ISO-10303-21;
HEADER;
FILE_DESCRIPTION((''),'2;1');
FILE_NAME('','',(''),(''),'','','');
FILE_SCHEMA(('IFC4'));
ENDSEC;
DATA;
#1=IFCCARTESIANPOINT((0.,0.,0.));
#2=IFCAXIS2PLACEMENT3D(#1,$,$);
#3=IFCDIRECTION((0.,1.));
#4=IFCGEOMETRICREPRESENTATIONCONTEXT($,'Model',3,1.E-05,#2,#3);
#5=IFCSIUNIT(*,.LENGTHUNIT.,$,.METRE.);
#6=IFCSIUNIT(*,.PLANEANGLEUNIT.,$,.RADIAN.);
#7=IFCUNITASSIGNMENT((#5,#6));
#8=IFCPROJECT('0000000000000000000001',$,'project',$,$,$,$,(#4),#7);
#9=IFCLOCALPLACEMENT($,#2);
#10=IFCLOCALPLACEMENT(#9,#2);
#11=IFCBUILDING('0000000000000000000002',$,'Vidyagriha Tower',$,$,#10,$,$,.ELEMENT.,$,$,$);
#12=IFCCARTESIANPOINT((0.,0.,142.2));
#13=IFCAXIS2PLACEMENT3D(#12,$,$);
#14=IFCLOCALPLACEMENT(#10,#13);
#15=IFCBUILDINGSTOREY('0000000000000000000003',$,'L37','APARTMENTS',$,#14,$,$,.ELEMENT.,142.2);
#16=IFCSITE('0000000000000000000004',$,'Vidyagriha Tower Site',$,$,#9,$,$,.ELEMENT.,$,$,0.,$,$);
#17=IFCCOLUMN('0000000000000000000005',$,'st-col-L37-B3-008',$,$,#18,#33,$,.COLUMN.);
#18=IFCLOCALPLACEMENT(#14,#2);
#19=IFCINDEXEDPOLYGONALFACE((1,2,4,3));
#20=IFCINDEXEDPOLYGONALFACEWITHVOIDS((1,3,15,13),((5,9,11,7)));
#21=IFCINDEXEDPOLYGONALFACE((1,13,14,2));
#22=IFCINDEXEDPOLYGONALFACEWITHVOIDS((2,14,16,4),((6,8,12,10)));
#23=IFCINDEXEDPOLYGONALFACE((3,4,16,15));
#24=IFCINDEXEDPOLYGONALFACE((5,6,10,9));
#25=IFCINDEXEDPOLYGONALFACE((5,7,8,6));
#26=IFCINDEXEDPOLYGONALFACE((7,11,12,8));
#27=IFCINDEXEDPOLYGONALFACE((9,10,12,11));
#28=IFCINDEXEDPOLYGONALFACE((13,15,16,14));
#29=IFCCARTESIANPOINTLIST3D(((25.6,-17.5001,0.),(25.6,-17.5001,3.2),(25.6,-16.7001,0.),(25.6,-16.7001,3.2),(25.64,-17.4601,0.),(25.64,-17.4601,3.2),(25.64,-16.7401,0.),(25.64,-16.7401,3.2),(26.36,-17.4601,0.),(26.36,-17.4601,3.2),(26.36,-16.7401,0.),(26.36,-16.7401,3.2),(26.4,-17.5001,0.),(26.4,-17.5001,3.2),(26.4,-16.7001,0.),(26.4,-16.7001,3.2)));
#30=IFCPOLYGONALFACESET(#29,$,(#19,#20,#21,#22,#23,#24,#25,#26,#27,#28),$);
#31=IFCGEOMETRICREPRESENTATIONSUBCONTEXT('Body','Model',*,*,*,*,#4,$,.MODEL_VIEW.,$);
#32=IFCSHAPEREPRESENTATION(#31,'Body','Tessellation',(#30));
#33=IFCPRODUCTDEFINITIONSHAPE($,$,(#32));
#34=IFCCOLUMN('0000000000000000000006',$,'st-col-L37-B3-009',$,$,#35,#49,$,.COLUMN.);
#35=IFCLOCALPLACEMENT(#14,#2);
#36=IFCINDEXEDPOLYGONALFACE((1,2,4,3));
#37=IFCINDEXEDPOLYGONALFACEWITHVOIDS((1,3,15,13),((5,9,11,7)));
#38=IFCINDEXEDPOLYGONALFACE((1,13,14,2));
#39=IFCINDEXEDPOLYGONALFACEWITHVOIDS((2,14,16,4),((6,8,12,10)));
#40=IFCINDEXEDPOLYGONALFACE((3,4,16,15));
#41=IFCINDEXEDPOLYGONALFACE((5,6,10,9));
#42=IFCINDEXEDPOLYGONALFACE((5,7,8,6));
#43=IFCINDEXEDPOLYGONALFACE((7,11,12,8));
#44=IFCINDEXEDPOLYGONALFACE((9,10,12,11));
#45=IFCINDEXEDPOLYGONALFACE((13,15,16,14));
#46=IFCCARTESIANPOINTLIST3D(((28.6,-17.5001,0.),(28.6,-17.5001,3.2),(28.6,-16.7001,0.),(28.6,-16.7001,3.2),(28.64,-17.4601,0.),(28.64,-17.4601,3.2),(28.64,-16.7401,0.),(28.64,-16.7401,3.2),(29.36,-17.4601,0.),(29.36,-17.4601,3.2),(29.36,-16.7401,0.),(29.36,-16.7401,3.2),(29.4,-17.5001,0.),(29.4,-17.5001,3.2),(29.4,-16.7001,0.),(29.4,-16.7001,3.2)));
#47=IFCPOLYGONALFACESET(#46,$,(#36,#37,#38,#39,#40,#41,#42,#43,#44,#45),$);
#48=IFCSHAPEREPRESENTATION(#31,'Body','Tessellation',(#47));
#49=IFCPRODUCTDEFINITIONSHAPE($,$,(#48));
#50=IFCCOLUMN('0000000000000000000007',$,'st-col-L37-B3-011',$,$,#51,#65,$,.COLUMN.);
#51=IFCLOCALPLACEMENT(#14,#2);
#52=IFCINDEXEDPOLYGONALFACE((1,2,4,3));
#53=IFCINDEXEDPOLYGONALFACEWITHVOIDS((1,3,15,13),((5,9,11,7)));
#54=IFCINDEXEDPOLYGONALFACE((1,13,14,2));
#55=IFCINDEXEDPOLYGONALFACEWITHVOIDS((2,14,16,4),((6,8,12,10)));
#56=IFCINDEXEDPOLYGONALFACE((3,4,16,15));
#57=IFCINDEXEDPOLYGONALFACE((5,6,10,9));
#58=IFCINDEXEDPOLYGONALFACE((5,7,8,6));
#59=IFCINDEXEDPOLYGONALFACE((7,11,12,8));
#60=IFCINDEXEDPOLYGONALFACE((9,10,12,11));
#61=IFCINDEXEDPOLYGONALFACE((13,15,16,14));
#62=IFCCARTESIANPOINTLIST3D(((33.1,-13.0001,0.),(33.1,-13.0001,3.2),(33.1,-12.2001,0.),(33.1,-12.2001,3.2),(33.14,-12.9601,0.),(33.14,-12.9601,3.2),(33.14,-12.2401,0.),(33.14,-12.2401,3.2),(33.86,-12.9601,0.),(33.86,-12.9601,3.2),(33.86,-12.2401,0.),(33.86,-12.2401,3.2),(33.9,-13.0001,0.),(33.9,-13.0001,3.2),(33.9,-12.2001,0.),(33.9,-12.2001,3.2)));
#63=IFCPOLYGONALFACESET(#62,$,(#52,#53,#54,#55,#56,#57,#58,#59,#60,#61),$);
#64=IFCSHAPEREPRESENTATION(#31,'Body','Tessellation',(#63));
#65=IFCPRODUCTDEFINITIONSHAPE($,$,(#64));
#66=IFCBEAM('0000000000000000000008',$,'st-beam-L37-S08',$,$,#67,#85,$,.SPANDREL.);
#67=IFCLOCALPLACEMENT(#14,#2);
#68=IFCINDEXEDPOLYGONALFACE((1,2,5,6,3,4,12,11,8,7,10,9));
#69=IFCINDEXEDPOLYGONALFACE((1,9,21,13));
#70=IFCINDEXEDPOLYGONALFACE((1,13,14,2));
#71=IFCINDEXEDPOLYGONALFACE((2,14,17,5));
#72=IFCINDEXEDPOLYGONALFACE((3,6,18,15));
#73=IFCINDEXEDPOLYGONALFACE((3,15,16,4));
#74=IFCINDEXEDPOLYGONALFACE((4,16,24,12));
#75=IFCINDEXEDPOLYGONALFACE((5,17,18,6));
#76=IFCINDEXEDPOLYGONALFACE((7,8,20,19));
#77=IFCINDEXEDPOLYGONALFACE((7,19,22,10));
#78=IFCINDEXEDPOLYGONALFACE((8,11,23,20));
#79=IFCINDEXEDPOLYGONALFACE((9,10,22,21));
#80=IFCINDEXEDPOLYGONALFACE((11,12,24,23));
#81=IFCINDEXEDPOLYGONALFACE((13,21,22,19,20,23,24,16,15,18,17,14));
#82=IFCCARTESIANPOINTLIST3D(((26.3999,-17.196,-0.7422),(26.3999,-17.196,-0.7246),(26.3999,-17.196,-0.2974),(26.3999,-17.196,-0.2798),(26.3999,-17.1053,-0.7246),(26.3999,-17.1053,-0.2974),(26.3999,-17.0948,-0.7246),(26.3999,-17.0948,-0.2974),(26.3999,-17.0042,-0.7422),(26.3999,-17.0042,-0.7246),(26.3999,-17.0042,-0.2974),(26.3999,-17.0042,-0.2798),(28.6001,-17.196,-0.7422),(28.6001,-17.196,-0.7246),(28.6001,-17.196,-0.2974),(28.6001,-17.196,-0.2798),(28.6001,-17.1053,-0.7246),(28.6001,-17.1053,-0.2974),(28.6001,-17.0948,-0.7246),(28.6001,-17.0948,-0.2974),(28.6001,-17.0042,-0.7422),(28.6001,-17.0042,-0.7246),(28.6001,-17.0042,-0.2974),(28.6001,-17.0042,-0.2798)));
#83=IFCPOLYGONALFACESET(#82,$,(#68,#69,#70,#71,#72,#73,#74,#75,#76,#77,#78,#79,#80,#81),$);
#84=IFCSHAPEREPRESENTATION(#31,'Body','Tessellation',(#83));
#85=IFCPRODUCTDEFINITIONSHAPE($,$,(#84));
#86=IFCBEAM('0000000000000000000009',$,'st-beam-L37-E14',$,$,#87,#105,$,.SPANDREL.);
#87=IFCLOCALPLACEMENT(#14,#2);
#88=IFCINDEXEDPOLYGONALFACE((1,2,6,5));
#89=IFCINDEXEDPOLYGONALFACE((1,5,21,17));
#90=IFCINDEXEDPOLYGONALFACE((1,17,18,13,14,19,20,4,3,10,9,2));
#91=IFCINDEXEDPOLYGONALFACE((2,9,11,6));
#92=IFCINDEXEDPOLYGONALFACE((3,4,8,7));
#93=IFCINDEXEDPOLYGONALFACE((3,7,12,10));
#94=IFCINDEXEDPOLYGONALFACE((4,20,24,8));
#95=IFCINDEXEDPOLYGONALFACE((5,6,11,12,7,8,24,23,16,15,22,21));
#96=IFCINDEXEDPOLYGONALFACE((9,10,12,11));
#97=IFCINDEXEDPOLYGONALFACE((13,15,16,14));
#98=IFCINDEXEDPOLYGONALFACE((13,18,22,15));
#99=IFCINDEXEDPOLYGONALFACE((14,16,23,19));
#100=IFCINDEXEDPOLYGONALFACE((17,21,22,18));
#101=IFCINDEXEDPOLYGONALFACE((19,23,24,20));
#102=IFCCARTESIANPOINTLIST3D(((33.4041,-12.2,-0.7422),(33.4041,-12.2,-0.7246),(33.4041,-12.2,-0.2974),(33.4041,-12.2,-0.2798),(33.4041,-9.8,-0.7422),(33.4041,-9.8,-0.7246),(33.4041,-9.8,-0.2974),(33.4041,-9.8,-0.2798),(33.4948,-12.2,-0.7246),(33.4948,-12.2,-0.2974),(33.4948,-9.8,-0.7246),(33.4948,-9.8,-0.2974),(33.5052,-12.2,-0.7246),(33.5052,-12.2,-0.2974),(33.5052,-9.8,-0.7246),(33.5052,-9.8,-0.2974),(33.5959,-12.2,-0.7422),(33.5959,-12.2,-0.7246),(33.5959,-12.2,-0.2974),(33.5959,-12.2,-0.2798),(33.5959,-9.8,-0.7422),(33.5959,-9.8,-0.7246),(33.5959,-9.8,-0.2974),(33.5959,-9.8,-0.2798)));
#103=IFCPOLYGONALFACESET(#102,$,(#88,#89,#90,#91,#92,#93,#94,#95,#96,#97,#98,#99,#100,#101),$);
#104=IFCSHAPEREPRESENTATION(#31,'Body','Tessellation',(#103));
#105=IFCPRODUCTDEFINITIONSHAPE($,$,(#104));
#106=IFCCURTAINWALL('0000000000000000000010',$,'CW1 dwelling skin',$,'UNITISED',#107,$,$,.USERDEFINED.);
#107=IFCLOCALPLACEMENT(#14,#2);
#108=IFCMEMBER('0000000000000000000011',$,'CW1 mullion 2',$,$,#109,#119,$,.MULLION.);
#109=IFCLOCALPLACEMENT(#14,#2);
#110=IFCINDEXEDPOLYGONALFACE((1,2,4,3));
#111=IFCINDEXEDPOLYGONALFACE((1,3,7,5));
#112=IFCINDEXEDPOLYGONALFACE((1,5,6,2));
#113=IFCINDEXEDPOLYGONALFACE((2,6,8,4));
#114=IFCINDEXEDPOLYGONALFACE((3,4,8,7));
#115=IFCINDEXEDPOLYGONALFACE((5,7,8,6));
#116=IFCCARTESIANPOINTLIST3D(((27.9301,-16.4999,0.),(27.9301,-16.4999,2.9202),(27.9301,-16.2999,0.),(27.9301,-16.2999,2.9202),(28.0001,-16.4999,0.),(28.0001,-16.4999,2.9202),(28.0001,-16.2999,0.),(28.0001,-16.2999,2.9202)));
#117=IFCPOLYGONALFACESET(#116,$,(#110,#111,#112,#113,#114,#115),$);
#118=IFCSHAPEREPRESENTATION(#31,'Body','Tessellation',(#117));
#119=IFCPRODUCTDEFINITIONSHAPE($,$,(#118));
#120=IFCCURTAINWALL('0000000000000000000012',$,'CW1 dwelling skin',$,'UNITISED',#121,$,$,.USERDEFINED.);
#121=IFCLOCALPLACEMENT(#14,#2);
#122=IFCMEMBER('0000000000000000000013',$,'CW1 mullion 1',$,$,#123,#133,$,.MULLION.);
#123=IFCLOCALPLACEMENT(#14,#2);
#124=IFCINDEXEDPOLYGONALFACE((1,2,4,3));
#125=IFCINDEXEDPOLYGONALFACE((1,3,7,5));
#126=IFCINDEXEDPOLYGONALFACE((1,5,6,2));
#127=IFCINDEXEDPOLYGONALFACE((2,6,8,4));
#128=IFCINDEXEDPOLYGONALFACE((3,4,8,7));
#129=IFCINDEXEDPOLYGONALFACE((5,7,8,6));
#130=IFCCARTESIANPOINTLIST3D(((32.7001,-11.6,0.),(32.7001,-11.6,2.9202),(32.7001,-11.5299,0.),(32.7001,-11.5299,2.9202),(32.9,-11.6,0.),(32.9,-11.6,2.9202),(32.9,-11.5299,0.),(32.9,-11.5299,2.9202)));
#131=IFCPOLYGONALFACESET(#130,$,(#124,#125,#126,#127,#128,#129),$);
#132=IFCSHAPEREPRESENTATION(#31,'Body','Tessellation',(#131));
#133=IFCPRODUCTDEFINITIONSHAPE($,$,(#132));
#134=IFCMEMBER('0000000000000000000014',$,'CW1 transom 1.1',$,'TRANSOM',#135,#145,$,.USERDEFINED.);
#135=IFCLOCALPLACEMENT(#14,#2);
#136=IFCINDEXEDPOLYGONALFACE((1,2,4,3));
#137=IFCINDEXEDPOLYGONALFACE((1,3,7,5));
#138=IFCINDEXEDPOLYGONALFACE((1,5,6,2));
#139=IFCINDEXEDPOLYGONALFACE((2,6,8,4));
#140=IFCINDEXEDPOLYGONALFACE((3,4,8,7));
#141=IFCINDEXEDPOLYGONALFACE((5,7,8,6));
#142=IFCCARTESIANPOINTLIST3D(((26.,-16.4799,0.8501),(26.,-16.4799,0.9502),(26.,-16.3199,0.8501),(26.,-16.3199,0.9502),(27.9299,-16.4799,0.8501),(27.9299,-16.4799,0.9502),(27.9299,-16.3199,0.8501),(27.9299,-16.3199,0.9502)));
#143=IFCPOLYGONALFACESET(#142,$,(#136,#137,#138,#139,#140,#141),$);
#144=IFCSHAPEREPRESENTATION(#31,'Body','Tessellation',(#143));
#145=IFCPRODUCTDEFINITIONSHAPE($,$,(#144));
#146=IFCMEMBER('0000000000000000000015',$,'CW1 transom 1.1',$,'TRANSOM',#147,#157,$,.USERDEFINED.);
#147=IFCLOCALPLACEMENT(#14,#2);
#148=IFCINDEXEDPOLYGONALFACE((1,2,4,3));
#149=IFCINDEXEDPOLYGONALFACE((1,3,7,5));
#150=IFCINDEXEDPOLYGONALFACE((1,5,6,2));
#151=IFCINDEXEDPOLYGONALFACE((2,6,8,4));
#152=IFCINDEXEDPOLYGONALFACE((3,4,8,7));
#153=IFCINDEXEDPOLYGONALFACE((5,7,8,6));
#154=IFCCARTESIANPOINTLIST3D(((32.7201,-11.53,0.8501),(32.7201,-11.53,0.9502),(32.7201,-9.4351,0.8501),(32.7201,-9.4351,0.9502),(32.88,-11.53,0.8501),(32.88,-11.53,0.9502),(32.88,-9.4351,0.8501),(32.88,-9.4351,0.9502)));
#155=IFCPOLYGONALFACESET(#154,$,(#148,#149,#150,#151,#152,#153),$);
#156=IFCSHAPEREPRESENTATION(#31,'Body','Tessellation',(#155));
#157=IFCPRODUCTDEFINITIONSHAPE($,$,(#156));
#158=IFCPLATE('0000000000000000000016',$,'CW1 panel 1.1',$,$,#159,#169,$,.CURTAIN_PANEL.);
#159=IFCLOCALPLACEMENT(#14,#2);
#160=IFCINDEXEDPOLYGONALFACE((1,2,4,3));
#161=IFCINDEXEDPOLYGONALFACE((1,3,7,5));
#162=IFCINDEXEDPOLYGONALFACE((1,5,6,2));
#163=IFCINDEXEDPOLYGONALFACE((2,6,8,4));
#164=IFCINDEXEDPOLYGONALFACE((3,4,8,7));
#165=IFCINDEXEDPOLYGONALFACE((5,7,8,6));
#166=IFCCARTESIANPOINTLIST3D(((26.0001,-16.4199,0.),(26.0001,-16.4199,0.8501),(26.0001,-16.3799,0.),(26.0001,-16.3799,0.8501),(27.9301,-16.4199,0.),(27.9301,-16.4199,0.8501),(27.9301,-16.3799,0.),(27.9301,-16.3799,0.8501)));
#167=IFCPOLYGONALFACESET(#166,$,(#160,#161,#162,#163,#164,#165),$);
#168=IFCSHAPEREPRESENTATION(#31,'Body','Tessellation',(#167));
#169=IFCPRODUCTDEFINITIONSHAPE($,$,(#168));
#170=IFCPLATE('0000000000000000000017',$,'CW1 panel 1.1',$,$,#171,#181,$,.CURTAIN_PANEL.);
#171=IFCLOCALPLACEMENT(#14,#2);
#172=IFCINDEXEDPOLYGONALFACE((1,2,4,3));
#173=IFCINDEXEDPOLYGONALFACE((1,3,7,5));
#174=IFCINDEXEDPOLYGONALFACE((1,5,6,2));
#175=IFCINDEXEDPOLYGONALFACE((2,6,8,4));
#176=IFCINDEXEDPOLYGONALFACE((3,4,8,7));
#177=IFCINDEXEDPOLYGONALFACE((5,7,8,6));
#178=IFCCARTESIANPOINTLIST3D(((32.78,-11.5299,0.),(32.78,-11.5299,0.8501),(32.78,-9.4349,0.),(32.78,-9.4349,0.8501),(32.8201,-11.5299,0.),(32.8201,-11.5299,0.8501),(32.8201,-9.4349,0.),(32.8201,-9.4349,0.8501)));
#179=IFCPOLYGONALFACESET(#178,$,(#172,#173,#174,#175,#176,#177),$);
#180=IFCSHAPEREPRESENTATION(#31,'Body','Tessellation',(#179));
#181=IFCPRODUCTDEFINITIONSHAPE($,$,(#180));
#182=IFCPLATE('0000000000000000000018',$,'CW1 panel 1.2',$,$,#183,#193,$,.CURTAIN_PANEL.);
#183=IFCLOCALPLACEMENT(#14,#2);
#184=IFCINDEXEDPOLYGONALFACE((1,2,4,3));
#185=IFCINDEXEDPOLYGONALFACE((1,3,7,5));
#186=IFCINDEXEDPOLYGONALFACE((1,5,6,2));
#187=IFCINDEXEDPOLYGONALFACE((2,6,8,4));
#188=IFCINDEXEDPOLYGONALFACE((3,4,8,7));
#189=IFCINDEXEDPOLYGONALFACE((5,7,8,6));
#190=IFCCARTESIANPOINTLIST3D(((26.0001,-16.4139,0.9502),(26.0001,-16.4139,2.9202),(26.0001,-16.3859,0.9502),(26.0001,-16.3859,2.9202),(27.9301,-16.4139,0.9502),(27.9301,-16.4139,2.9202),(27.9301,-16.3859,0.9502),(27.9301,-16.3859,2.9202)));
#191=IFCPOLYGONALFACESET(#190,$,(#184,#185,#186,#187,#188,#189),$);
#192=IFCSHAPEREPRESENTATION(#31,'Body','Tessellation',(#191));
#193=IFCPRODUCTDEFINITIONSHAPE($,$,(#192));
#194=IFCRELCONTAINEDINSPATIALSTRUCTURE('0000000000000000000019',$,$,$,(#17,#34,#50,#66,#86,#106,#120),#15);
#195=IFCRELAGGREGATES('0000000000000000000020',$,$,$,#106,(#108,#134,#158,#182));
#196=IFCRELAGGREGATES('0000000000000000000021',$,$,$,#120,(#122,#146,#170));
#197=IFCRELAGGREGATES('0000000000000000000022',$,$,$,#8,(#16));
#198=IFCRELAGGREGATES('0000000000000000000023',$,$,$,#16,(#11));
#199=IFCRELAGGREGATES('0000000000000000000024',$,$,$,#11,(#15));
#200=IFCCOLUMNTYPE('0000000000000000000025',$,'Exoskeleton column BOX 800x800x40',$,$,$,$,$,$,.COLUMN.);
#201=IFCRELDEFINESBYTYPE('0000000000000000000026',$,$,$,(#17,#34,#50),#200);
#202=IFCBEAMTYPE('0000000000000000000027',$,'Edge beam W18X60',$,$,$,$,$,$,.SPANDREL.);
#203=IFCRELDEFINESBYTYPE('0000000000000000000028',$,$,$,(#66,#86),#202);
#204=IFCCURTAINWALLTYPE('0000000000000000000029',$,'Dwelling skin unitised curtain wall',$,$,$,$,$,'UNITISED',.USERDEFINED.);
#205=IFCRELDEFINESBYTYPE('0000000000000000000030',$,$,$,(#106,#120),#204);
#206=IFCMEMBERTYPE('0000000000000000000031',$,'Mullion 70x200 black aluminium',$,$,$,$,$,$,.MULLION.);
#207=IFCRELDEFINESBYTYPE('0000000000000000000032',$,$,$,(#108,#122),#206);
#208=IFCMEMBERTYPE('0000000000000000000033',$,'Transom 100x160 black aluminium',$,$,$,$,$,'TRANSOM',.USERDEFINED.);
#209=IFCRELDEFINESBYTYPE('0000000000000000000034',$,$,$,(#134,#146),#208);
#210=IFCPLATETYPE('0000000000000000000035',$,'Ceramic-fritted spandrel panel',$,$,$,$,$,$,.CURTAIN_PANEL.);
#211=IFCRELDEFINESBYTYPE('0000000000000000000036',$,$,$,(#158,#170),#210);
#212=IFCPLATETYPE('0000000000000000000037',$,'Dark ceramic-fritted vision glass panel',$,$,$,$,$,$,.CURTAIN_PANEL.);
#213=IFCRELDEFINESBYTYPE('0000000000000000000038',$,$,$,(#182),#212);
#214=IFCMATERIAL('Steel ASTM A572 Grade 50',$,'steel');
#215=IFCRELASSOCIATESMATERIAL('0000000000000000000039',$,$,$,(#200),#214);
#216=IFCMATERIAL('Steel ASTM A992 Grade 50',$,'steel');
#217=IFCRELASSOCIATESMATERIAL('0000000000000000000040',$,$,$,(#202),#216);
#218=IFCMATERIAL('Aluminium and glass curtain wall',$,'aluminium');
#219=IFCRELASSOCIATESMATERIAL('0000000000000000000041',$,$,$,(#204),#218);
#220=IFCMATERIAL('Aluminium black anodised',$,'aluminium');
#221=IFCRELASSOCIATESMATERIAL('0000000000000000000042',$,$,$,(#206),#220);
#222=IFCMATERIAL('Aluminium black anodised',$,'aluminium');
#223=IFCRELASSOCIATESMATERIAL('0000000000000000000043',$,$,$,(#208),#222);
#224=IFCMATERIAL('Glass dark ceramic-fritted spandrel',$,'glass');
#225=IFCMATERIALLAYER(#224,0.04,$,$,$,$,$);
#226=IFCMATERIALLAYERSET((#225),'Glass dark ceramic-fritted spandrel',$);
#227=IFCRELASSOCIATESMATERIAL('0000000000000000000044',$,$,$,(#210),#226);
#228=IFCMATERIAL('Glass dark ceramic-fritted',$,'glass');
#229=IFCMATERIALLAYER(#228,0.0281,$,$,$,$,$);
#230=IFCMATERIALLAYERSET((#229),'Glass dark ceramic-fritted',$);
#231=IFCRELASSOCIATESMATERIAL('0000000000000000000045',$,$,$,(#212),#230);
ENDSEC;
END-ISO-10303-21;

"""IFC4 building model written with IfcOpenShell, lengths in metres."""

from ifc_helpers import new_model, si_unit, direction, frame, origin, origin_2d, place, context, subcontext, project, spatial, rectangle, hollow_rectangle, i_section, extrude, material, layer, layer_set, material_profile, profile_set, type_object, element, aggregate, save


model = new_model("IFC4")

# Units and contexts
model_context = context("Model", 3, precision=1e-05, world=origin(), true_north=direction((0.0, 1.0)))
body_context = subcontext(model_context, "Body", "Model", "MODEL_VIEW")
ifc_project = project(units=[si_unit("LENGTHUNIT", "METRE"), si_unit("PLANEANGLEUNIT", "RADIAN")], contexts=[model_context])

# Site, building, storey
site_placement = place(None, origin())
site = spatial("IfcSite", under=ifc_project, at=site_placement, Name="Vidyagriha Tower Site", CompositionType="ELEMENT", RefElevation=0.0)
building_placement = place(site_placement, origin())
building = spatial("IfcBuilding", under=site, at=building_placement, Name="Vidyagriha Tower", CompositionType="ELEMENT")
storey_placement = place(building_placement, frame((0.0, 0.0, 142.2)))
storey = spatial("IfcBuildingStorey", under=building, at=storey_placement, Name="L37", Description="APARTMENTS", CompositionType="ELEMENT", Elevation=142.2)

# Columns
ifc_material_1 = material(Name="Steel ASTM A572 Grade 50", Category="steel")
ifc_material_profile_1 = material_profile(ifc_material_1, hollow_rectangle(XDim=0.8, YDim=0.8, WallThickness=0.04, at=origin_2d()), Name="BOX 800x800x40")
ifc_profile_set_1 = profile_set([ifc_material_profile_1], Name="Steel ASTM A572 Grade 50")
column_type = type_object("IfcColumnType", Name="Exoskeleton column BOX 800x800x40", PredefinedType="COLUMN", material=ifc_profile_set_1)
for number, where, name in (
    (1, (26.0, -17.1001, 0.0), "st-col-L37-B3-008"),
    (2, (29.0, -17.1001, 0.0), "st-col-L37-B3-009"),
    (3, (33.5, -12.6001, 0.0), "st-col-L37-B3-011"),
):
    element("IfcColumn", number, at=place(storey_placement, frame(where)), inside=storey, type_object=column_type, Name=name, PredefinedType="COLUMN", context=body_context, shape_type="SweptSolid", body=[
        extrude(hollow_rectangle(XDim=0.8, YDim=0.8, WallThickness=0.04, at=origin_2d()), origin(), (0.0, 0.0, 1.0), 3.2),
    ])

# Beams
ifc_material_2 = material(Name="Steel ASTM A992 Grade 50", Category="steel")
ifc_material_profile_2 = material_profile(ifc_material_2, i_section(OverallWidth=0.1919, OverallDepth=0.4624, WebThickness=0.0105, FlangeThickness=0.0176, at=origin_2d()), Name="W18X60")
ifc_profile_set_2 = profile_set([ifc_material_profile_2], Name="Steel ASTM A992 Grade 50")
beam_type = type_object("IfcBeamType", Name="Edge beam W18X60", PredefinedType="SPANDREL", material=ifc_profile_set_2)
beam_1_placement = place(storey_placement, frame((26.3999, -17.1001, -0.511), z_axis=(1.0, 0.0, 0.0), x_axis=(0.0, 1.0, 0.0)))
element("IfcBeam", 4, at=beam_1_placement, inside=storey, type_object=beam_type, Name="st-beam-L37-S08", PredefinedType="SPANDREL", context=body_context, shape_type="SweptSolid", body=[
    extrude(i_section(OverallWidth=0.1919, OverallDepth=0.4624, WebThickness=0.0105, FlangeThickness=0.0176, at=origin_2d()), origin(), (0.0, 0.0, 1.0), 2.2002),
])
beam_2_placement = place(storey_placement, frame((33.5, -12.2, -0.511), z_axis=(0.0, 1.0, 0.0), x_axis=(-1.0, 0.0, 0.0)))
element("IfcBeam", 5, at=beam_2_placement, inside=storey, type_object=beam_type, Name="st-beam-L37-E14", PredefinedType="SPANDREL", context=body_context, shape_type="SweptSolid", body=[
    extrude(i_section(OverallWidth=0.1919, OverallDepth=0.4624, WebThickness=0.0105, FlangeThickness=0.0176, at=origin_2d()), origin(), (0.0, 0.0, 1.0), 2.3999),
])

# Curtain walls, members
ifc_material_3 = material(Name="Aluminium and glass curtain wall", Category="aluminium")
curtain_wall_type = type_object("IfcCurtainWallType", Name="Dwelling skin unitised curtain wall", ElementType="UNITISED", PredefinedType="USERDEFINED", material=ifc_material_3)
curtain_wall_1_placement = place(storey_placement, origin())
curtain_wall_1 = element("IfcCurtainWall", 6, at=curtain_wall_1_placement, inside=storey, type_object=curtain_wall_type, Name="CW1 dwelling skin", ObjectType="UNITISED", PredefinedType="USERDEFINED")
ifc_material_4 = material(Name="Aluminium black anodised", Category="aluminium")
ifc_material_profile_3 = material_profile(ifc_material_4, rectangle(XDim=0.2, YDim=0.0701, at=origin_2d()), Name="Mullion 70x200 black aluminium")
ifc_profile_set_3 = profile_set([ifc_material_profile_3], Name="Aluminium black anodised")
member_type_1 = type_object("IfcMemberType", Name="Mullion 70x200 black aluminium", PredefinedType="MULLION", material=ifc_profile_set_3)
member_1_placement = place(storey_placement, frame((27.9651, -16.3999, 0.0), z_axis=(0.0, 0.0, 1.0), x_axis=(0.0, 1.0, 0.0)))
member_1 = element("IfcMember", 7, at=member_1_placement, type_object=member_type_1, Name="CW1 mullion 2", PredefinedType="MULLION", context=body_context, shape_type="SweptSolid", body=[
    extrude(rectangle(XDim=0.2, YDim=0.0701, at=origin_2d()), origin(), (0.0, 0.0, 1.0), 2.9202),
])
curtain_wall_2_placement = place(storey_placement, origin())
curtain_wall_2 = element("IfcCurtainWall", 8, at=curtain_wall_2_placement, inside=storey, type_object=curtain_wall_type, Name="CW1 dwelling skin", ObjectType="UNITISED", PredefinedType="USERDEFINED")
member_2_placement = place(storey_placement, frame((32.8, -11.5649, 0.0), z_axis=(0.0, 0.0, 1.0), x_axis=(-1.0, 0.0, 0.0)))
member_2 = element("IfcMember", 9, at=member_2_placement, type_object=member_type_1, Name="CW1 mullion 1", PredefinedType="MULLION", context=body_context, shape_type="SweptSolid", body=[
    extrude(rectangle(XDim=0.2, YDim=0.0701, at=origin_2d()), origin(), (0.0, 0.0, 1.0), 2.9202),
])

# Members
ifc_material_5 = material(Name="Aluminium black anodised", Category="aluminium")
ifc_material_profile_4 = material_profile(ifc_material_5, rectangle(XDim=0.1599, YDim=0.1001, at=origin_2d()), Name="Transom 100x160 black aluminium")
ifc_profile_set_4 = profile_set([ifc_material_profile_4], Name="Aluminium black anodised")
member_type_2 = type_object("IfcMemberType", Name="Transom 100x160 black aluminium", ElementType="TRANSOM", PredefinedType="USERDEFINED", material=ifc_profile_set_4)
member_3_placement = place(storey_placement, frame((26.0, -16.3999, 0.9001), z_axis=(1.0, 0.0, 0.0), x_axis=(0.0, 1.0, 0.0)))
member_3 = element("IfcMember", 10, at=member_3_placement, type_object=member_type_2, Name="CW1 transom 1.1", ObjectType="TRANSOM", PredefinedType="USERDEFINED", context=body_context, shape_type="SweptSolid", body=[
    extrude(rectangle(XDim=0.1599, YDim=0.1001, at=origin_2d()), origin(), (0.0, 0.0, 1.0), 1.9299),
])
member_4_placement = place(storey_placement, frame((32.8, -11.53, 0.9001), z_axis=(0.0, 1.0, 0.0), x_axis=(-1.0, 0.0, 0.0)))
member_4 = element("IfcMember", 11, at=member_4_placement, type_object=member_type_2, Name="CW1 transom 1.1", ObjectType="TRANSOM", PredefinedType="USERDEFINED", context=body_context, shape_type="SweptSolid", body=[
    extrude(rectangle(XDim=0.1599, YDim=0.1001, at=origin_2d()), origin(), (0.0, 0.0, 1.0), 2.095),
])

# Plates
ifc_material_6 = material(Name="Glass dark ceramic-fritted spandrel", Category="glass")
ifc_layer_1 = layer(ifc_material_6, 0.04)
ifc_layer_set_1 = layer_set([ifc_layer_1], Name="Glass dark ceramic-fritted spandrel")
plate_type_1 = type_object("IfcPlateType", Name="Ceramic-fritted spandrel panel", PredefinedType="CURTAIN_PANEL", material=ifc_layer_set_1)
plate_1_placement = place(storey_placement, frame((26.9651, -16.3999, 0.0)))
plate_1 = element("IfcPlate", 12, at=plate_1_placement, type_object=plate_type_1, Name="CW1 panel 1.1", PredefinedType="CURTAIN_PANEL", context=body_context, shape_type="SweptSolid", body=[
    extrude(rectangle(XDim=1.9299, YDim=0.04, at=origin_2d()), origin(), (0.0, 0.0, 1.0), 0.8501),
])
plate_2_placement = place(storey_placement, frame((32.8, -10.4824, 0.0), z_axis=(0.0, 0.0, 1.0), x_axis=(0.0, 1.0, 0.0)))
plate_2 = element("IfcPlate", 13, at=plate_2_placement, type_object=plate_type_1, Name="CW1 panel 1.1", PredefinedType="CURTAIN_PANEL", context=body_context, shape_type="SweptSolid", body=[
    extrude(rectangle(XDim=2.095, YDim=0.04, at=origin_2d()), origin(), (0.0, 0.0, 1.0), 0.8501),
])
ifc_material_7 = material(Name="Glass dark ceramic-fritted", Category="glass")
ifc_layer_2 = layer(ifc_material_7, 0.0281)
ifc_layer_set_2 = layer_set([ifc_layer_2], Name="Glass dark ceramic-fritted")
plate_type_2 = type_object("IfcPlateType", Name="Dark ceramic-fritted vision glass panel", PredefinedType="CURTAIN_PANEL", material=ifc_layer_set_2)
plate_3_placement = place(storey_placement, frame((26.9651, -16.3999, 0.9502)))
plate_3 = element("IfcPlate", 14, at=plate_3_placement, type_object=plate_type_2, Name="CW1 panel 1.2", PredefinedType="CURTAIN_PANEL", context=body_context, shape_type="SweptSolid", body=[
    extrude(rectangle(XDim=1.9299, YDim=0.0281, at=origin_2d()), origin(), (0.0, 0.0, 1.0), 1.97),
])
aggregate(curtain_wall_1, [member_1, member_3, plate_1, plate_3])
aggregate(curtain_wall_2, [member_2, member_4, plate_2])

save(model, "model.ifc")
